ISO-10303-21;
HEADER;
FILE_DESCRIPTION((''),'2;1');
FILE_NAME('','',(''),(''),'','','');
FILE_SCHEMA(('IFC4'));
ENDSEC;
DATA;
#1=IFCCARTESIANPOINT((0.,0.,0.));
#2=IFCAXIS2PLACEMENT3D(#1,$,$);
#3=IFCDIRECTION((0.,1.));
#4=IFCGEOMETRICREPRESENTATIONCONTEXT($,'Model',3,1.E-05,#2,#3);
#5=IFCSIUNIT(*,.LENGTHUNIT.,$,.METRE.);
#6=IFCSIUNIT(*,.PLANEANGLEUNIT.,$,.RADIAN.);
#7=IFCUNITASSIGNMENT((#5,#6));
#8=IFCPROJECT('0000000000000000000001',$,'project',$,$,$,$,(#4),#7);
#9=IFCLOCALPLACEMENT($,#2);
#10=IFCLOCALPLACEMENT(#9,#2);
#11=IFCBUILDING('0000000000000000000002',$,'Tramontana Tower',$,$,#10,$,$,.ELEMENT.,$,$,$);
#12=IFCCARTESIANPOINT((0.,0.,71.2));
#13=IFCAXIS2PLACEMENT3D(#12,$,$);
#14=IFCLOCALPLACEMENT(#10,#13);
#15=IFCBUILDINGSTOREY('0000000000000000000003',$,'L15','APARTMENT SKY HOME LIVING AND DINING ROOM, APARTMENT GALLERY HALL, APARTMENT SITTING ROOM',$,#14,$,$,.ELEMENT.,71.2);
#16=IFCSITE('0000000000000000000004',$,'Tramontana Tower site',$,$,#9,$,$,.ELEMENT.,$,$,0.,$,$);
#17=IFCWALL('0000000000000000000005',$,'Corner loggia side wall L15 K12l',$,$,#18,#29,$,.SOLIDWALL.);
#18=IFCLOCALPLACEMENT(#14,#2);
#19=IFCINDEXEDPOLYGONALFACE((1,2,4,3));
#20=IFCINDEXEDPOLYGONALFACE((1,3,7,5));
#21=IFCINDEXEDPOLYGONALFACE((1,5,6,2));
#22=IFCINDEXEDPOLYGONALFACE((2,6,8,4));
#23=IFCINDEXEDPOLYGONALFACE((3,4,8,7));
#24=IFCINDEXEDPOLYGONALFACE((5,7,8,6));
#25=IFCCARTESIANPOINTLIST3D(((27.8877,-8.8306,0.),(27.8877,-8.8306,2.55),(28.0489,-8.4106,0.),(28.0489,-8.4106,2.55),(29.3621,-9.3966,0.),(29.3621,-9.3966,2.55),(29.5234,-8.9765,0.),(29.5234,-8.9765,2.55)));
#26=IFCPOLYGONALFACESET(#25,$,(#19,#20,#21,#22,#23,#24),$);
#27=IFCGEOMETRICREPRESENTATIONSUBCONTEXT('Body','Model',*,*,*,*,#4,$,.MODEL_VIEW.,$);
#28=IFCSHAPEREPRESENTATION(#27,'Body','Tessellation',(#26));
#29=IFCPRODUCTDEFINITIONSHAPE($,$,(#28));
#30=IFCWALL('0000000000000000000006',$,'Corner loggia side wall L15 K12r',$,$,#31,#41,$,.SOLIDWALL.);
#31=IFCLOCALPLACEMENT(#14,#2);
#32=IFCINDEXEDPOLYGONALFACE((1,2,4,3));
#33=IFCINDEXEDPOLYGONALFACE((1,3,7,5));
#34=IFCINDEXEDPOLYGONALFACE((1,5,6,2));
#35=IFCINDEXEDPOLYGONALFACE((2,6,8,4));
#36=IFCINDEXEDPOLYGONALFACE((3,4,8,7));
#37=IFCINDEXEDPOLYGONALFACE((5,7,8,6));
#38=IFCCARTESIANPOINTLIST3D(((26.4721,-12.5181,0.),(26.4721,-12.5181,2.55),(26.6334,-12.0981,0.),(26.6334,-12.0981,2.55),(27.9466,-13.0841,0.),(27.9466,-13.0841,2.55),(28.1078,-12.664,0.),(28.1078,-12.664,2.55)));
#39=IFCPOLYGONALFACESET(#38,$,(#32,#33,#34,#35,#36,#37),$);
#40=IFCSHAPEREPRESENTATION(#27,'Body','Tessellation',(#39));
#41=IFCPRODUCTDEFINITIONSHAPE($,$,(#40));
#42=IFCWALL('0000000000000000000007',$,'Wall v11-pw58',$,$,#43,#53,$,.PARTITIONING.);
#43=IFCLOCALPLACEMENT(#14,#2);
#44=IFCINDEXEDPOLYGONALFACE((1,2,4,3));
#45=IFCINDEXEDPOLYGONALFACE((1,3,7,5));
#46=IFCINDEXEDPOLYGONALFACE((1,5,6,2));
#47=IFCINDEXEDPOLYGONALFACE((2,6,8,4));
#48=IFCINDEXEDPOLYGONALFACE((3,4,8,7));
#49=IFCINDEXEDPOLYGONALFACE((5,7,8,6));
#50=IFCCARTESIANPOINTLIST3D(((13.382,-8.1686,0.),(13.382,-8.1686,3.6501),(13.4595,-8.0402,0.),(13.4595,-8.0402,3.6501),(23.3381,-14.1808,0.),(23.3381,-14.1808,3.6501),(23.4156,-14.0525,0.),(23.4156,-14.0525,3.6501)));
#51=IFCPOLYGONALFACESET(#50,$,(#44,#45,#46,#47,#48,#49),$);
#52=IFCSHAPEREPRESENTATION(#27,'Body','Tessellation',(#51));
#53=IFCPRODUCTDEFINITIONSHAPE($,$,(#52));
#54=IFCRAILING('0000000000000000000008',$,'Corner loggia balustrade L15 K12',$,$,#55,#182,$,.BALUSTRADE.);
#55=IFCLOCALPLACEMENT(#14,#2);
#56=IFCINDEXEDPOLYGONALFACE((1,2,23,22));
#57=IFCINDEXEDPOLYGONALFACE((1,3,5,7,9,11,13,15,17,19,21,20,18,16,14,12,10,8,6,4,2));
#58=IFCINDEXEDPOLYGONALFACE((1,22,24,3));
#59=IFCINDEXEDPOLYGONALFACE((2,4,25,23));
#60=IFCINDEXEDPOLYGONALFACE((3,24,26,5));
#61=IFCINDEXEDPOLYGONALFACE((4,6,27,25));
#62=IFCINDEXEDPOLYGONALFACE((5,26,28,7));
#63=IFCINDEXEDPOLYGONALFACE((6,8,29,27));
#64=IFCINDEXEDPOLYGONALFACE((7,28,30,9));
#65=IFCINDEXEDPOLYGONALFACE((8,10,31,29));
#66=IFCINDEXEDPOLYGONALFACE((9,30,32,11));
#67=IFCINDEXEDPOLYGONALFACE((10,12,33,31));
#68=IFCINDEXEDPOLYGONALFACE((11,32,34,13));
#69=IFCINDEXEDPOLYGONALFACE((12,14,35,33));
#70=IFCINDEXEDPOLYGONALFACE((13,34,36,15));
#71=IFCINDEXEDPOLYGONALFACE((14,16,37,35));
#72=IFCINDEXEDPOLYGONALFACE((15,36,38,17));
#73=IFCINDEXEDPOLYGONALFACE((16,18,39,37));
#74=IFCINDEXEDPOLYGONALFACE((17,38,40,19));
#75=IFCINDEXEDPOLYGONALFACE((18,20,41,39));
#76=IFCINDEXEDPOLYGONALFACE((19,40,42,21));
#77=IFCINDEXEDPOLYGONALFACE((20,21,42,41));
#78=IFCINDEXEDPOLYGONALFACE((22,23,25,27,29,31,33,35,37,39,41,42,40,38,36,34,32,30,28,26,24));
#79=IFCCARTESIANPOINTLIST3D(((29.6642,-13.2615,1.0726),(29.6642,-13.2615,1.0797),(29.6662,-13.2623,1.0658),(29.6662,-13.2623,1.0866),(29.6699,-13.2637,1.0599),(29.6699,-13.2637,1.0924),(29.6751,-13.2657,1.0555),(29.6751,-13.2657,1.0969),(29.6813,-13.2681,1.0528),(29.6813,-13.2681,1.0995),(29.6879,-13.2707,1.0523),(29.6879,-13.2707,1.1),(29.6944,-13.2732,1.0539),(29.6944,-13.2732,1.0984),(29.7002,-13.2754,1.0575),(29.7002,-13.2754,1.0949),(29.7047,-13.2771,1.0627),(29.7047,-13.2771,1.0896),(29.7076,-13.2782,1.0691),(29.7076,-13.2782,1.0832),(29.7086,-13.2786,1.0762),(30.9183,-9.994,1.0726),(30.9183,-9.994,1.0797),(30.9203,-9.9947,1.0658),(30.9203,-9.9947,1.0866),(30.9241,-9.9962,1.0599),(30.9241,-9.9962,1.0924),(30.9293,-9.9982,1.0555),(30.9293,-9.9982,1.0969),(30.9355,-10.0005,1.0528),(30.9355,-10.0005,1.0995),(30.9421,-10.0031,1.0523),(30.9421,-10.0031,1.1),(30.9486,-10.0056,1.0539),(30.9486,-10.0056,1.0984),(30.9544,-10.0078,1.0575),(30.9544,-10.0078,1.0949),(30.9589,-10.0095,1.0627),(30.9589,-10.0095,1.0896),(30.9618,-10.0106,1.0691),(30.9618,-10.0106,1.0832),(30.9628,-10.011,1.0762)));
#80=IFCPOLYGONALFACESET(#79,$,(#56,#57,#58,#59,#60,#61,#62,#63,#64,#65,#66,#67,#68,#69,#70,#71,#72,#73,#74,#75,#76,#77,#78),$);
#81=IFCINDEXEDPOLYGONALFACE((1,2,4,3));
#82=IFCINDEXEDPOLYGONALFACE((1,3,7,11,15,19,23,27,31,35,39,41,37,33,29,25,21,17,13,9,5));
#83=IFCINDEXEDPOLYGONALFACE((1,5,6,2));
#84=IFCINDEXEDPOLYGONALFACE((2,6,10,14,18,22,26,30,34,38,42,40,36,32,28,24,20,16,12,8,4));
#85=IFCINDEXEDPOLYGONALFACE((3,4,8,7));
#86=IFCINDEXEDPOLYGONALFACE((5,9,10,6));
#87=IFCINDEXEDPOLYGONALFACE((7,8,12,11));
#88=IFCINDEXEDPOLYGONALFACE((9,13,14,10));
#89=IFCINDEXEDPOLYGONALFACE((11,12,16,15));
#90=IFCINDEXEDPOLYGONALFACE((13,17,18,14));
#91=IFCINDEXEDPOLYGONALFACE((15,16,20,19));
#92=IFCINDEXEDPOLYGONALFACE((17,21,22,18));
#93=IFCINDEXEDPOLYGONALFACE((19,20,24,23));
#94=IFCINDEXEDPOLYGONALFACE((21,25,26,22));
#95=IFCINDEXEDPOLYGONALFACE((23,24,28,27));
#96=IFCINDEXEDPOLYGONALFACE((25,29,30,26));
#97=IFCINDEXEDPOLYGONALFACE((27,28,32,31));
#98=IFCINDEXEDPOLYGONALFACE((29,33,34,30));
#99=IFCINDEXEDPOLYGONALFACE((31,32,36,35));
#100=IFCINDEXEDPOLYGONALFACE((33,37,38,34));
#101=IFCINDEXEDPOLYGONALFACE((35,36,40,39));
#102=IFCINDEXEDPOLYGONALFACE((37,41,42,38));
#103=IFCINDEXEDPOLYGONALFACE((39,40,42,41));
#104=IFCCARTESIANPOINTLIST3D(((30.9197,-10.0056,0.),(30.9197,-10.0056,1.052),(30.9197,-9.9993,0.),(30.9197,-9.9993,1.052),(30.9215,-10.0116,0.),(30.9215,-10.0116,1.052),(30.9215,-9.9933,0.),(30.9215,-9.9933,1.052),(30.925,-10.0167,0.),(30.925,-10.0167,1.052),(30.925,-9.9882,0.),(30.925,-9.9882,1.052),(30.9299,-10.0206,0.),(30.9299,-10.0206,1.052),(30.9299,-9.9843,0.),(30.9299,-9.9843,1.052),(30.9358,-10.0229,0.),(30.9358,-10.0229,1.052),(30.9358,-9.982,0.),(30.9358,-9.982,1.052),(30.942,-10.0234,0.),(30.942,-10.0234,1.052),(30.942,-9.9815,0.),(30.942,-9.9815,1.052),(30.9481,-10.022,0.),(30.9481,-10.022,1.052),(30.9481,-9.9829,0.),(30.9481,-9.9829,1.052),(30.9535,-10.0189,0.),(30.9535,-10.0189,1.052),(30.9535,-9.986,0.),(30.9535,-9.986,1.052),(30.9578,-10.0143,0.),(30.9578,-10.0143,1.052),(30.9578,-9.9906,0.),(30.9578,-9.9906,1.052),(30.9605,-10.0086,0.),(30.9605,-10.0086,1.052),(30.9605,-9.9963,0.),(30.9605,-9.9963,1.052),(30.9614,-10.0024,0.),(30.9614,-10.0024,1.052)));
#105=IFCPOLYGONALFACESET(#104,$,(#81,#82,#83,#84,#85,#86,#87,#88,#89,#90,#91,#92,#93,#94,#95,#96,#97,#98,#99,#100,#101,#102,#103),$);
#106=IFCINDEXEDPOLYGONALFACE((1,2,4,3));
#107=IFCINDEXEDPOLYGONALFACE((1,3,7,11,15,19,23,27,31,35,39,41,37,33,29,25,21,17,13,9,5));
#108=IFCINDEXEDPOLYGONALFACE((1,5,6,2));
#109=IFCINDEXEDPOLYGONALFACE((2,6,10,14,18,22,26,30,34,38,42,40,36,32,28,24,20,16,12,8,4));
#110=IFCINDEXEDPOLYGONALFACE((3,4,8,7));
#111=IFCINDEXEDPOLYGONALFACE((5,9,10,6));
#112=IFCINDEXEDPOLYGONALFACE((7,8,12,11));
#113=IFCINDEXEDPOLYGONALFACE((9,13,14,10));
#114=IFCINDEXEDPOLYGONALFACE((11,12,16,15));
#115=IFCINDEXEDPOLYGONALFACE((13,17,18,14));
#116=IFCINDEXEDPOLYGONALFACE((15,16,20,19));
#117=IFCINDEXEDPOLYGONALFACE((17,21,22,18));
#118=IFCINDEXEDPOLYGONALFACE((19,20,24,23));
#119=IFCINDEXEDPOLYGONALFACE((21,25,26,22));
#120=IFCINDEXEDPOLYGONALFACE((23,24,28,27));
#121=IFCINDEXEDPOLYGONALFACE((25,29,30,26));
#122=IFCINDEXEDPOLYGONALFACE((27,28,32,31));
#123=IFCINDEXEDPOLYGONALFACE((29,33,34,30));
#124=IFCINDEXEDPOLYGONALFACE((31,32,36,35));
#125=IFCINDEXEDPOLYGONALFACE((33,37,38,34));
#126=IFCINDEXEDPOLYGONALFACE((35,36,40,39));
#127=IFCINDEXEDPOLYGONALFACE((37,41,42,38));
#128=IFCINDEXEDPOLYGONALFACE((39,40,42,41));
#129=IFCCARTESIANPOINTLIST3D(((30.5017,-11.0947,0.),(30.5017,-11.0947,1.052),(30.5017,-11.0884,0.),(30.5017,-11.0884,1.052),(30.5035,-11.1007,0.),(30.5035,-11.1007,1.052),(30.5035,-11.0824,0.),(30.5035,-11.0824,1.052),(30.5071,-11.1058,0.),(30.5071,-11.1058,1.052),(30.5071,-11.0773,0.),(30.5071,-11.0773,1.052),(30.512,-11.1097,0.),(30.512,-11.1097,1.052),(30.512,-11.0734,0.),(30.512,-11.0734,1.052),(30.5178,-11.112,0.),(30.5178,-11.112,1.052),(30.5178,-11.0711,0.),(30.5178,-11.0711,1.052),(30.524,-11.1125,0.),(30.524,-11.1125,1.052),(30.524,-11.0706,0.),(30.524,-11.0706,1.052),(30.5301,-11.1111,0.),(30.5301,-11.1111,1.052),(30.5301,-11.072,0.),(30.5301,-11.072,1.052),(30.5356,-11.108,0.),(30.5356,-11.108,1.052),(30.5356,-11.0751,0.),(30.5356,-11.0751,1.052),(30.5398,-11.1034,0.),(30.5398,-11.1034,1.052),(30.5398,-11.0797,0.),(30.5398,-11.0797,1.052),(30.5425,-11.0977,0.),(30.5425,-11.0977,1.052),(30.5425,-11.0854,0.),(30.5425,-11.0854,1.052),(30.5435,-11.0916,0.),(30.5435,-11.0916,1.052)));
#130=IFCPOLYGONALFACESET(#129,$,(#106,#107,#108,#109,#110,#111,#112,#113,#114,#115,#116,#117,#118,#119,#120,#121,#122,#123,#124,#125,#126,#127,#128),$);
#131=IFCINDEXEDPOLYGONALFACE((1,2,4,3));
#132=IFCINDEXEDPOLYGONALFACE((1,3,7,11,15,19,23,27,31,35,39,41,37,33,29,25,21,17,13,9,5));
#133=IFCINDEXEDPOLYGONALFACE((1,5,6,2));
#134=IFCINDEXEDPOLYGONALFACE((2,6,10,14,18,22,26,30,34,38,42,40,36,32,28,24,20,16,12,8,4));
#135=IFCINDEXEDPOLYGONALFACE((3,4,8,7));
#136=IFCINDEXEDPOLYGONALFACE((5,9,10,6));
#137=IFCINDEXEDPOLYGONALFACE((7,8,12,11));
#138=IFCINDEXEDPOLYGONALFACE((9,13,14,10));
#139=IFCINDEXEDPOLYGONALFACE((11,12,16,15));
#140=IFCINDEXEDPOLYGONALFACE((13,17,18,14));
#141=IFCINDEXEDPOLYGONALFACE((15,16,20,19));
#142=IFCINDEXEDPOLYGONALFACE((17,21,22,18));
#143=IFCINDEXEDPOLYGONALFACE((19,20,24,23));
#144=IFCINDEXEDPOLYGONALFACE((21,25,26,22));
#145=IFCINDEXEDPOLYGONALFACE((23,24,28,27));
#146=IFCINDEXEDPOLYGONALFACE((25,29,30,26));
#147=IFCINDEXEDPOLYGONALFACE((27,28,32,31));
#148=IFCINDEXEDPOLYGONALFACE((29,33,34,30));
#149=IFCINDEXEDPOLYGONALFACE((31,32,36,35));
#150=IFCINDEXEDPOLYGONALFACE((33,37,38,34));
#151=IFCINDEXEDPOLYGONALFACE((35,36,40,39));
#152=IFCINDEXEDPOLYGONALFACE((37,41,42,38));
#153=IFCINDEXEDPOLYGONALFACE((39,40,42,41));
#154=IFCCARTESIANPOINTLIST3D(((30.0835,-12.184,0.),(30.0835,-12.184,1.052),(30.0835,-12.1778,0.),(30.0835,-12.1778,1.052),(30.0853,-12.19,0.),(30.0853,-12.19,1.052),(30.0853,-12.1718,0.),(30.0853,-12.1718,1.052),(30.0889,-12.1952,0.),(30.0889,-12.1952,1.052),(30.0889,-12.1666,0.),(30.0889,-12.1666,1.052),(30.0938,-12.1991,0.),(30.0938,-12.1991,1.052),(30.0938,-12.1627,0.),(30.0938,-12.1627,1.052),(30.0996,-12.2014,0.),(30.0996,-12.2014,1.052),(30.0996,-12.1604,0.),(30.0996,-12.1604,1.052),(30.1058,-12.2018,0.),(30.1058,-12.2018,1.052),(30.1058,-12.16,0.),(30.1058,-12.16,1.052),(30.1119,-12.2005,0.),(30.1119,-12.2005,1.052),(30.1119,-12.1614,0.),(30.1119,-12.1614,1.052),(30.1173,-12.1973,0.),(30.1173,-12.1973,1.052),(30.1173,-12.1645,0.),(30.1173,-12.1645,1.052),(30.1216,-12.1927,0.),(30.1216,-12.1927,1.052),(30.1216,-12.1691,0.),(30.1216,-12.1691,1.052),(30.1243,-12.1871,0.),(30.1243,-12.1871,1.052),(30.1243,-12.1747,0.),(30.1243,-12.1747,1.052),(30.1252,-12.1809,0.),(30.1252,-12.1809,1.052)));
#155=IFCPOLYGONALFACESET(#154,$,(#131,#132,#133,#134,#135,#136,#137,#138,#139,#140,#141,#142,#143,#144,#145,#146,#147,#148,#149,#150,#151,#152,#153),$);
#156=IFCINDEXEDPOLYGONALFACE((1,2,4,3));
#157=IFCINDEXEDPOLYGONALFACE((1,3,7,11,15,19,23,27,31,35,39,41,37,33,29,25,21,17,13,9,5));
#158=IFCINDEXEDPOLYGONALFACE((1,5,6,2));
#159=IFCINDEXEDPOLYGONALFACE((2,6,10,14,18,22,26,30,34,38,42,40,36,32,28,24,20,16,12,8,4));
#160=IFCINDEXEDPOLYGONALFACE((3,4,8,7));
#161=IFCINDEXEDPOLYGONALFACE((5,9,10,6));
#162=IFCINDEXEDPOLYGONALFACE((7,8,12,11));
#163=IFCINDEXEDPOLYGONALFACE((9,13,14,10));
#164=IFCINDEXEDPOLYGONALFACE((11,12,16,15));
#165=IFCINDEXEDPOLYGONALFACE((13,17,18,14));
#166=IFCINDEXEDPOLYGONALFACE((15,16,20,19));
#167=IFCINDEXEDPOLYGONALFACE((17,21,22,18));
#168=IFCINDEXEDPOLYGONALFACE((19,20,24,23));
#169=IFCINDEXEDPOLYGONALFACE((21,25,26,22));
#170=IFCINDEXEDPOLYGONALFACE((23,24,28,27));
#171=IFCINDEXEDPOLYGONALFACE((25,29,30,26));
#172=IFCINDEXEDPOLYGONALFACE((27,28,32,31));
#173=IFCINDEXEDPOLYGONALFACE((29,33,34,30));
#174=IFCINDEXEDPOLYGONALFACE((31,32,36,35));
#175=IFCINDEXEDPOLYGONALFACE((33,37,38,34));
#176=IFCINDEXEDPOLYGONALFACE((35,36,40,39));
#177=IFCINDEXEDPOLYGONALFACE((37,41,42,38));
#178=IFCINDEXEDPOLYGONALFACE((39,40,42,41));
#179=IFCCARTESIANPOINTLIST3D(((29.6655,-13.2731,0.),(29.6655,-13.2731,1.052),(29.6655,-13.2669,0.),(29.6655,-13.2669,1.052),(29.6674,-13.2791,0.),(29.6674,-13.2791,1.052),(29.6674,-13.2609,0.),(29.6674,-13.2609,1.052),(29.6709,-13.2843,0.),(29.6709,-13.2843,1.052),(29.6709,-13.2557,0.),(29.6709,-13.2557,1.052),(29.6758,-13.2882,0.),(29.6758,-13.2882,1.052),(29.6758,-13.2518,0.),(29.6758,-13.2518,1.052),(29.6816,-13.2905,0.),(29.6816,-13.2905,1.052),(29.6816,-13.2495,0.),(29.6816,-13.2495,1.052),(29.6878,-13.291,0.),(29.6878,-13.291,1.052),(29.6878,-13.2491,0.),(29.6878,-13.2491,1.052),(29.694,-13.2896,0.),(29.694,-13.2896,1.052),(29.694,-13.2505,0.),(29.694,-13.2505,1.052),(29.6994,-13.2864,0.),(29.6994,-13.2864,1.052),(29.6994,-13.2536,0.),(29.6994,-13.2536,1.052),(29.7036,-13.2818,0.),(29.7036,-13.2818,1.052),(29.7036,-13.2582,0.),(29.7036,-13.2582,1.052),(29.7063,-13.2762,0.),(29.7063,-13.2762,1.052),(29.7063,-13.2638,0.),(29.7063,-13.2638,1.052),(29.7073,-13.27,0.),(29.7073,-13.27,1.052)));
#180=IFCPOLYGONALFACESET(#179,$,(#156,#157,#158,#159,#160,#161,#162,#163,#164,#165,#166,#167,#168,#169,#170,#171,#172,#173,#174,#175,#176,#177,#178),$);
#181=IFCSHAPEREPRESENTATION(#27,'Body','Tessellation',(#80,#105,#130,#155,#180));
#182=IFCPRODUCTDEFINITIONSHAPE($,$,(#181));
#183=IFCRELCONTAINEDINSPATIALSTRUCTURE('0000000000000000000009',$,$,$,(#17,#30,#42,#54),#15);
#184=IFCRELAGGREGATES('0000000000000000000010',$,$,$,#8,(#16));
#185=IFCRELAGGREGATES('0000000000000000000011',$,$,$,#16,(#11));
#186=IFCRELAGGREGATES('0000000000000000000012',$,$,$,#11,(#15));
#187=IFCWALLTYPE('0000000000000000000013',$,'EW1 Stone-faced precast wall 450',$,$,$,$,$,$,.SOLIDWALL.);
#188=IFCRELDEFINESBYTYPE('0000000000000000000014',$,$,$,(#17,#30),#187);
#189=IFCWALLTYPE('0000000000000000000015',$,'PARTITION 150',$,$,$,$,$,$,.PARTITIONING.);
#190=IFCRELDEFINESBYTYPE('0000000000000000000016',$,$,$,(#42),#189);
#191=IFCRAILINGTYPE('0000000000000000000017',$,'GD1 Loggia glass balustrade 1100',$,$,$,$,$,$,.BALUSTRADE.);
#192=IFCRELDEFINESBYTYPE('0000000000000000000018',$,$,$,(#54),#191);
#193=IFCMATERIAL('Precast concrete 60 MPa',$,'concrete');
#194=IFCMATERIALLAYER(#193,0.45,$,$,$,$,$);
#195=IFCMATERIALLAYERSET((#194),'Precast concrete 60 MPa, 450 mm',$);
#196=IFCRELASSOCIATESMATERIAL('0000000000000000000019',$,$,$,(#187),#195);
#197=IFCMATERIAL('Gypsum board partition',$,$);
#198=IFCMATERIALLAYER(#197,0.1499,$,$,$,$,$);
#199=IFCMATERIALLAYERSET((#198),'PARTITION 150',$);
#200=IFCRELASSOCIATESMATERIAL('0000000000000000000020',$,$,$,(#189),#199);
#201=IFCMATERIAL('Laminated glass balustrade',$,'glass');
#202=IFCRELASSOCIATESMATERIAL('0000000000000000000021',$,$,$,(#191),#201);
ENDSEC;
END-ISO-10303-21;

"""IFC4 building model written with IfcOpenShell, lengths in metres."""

from ifc_helpers import new_model, si_unit, direction, frame, frame_2d, origin, origin_2d, place, context, subcontext, project, spatial, rectangle, circle, extrude, material, layer, layer_set, type_object, element, save


model = new_model("IFC4")

# Units and contexts
model_context = context("Model", 3, precision=1e-05, world=origin(), true_north=direction((0.0, 1.0)))
body_context = subcontext(model_context, "Body", "Model", "MODEL_VIEW")
ifc_project = project(units=[si_unit("LENGTHUNIT", "METRE"), si_unit("PLANEANGLEUNIT", "RADIAN")], contexts=[model_context])

# Site, building, storey
site_placement = place(None, origin())
site = spatial("IfcSite", under=ifc_project, at=site_placement, Name="Tramontana Tower site", CompositionType="ELEMENT", RefElevation=0.0)
building_placement = place(site_placement, origin())
building = spatial("IfcBuilding", under=site, at=building_placement, Name="Tramontana Tower", CompositionType="ELEMENT")
storey_placement = place(building_placement, frame((0.0, 0.0, 71.2)))
storey = spatial("IfcBuildingStorey", under=building, at=storey_placement, Name="L15", Description="APARTMENT SKY HOME LIVING AND DINING ROOM, APARTMENT GALLERY HALL, APARTMENT SITTING ROOM", CompositionType="ELEMENT", Elevation=71.2)

# Shared definitions
ifc_material_1 = material(Name="Precast concrete 60 MPa", Category="concrete")
ifc_layer_1 = layer(ifc_material_1, 0.45)
ifc_layer_set_1 = layer_set([ifc_layer_1], Name="Precast concrete 60 MPa, 450 mm")
wall_type_1 = type_object("IfcWallType", Name="EW1 Stone-faced precast wall 450", PredefinedType="SOLIDWALL", material=ifc_layer_set_1)

# Walls
for number, where, z_axis, x_axis, name in (
    (1, (29.4426, -9.1865, 0.0), (0.0, 0.0, 1.0), (-0.933588, 0.358347, 0.0), "Corner loggia side wall L15 K12l"),
    (2, (28.0271, -12.874, 0.0), (0.0, 0.0, 1.0), (-0.933588, 0.358347, 0.0), "Corner loggia side wall L15 K12r"),
):
    element("IfcWall", number, at=place(storey_placement, frame(where, z_axis=z_axis, x_axis=x_axis)), inside=storey, type_object=wall_type_1, Name=name, PredefinedType="SOLIDWALL", context=body_context, shape_type="SweptSolid", body=[
        extrude(rectangle(XDim=1.5793, YDim=0.45, at=frame_2d((0.7896, 0.0))), origin(), (0.0, 0.0, 1.0), 2.55),
    ])
ifc_material_2 = material(Name="Gypsum board partition")
ifc_layer_2 = layer(ifc_material_2, 0.1499)
ifc_layer_set_2 = layer_set([ifc_layer_2], Name="PARTITION 150")
wall_type_2 = type_object("IfcWallType", Name="PARTITION 150", PredefinedType="PARTITIONING", material=ifc_layer_set_2)
wall_1_placement = place(storey_placement, frame((23.377, -14.1167, 0.0), z_axis=(0.0, 0.0, 1.0), x_axis=(-0.856026, 0.516932, 0.0)))
element("IfcWall", 3, at=wall_1_placement, inside=storey, type_object=wall_type_2, Name="Wall v11-pw58", PredefinedType="PARTITIONING", context=body_context, shape_type="SweptSolid", body=[
    extrude(rectangle(XDim=11.6306, YDim=0.1499, at=frame_2d((5.8154, 0.0))), origin(), (0.0, 0.0, 1.0), 3.6501),
])

# Railing
ifc_material_3 = material(Name="Laminated glass balustrade", Category="glass")
railing_type = type_object("IfcRailingType", Name="GD1 Loggia glass balustrade 1100", PredefinedType="BALUSTRADE", material=ifc_material_3)
railing_placement = place(storey_placement, frame((30.9404, -10.0024, 0.0)))
element("IfcRailing", 4, at=railing_placement, inside=storey, type_object=railing_type, Name="Corner loggia balustrade L15 K12", PredefinedType="BALUSTRADE", context=body_context, shape_type="SweptSolid", body=[
    extrude(circle(Radius=0.0239, at=origin_2d()), frame((0.0, 0.0, 1.0762), z_axis=(-0.358329, -0.933595, 0.0), x_axis=(0.933595, -0.358329, 0.0)), (0.0, 0.0, 1.0), 3.5),
    extrude(circle(Radius=0.021, at=origin_2d()), origin(), (0.0, 0.0, 1.0), 1.052),
    extrude(circle(Radius=0.021, at=origin_2d()), frame((-0.418, -1.0891, 0.0)), (0.0, 0.0, 1.0), 1.052),
    extrude(circle(Radius=0.021, at=origin_2d()), frame((-0.8362, -2.1785, 0.0)), (0.0, 0.0, 1.0), 1.052),
    extrude(circle(Radius=0.021, at=origin_2d()), frame((-1.2542, -3.2676, 0.0)), (0.0, 0.0, 1.0), 1.052),
])

save(model, "model.ifc")
